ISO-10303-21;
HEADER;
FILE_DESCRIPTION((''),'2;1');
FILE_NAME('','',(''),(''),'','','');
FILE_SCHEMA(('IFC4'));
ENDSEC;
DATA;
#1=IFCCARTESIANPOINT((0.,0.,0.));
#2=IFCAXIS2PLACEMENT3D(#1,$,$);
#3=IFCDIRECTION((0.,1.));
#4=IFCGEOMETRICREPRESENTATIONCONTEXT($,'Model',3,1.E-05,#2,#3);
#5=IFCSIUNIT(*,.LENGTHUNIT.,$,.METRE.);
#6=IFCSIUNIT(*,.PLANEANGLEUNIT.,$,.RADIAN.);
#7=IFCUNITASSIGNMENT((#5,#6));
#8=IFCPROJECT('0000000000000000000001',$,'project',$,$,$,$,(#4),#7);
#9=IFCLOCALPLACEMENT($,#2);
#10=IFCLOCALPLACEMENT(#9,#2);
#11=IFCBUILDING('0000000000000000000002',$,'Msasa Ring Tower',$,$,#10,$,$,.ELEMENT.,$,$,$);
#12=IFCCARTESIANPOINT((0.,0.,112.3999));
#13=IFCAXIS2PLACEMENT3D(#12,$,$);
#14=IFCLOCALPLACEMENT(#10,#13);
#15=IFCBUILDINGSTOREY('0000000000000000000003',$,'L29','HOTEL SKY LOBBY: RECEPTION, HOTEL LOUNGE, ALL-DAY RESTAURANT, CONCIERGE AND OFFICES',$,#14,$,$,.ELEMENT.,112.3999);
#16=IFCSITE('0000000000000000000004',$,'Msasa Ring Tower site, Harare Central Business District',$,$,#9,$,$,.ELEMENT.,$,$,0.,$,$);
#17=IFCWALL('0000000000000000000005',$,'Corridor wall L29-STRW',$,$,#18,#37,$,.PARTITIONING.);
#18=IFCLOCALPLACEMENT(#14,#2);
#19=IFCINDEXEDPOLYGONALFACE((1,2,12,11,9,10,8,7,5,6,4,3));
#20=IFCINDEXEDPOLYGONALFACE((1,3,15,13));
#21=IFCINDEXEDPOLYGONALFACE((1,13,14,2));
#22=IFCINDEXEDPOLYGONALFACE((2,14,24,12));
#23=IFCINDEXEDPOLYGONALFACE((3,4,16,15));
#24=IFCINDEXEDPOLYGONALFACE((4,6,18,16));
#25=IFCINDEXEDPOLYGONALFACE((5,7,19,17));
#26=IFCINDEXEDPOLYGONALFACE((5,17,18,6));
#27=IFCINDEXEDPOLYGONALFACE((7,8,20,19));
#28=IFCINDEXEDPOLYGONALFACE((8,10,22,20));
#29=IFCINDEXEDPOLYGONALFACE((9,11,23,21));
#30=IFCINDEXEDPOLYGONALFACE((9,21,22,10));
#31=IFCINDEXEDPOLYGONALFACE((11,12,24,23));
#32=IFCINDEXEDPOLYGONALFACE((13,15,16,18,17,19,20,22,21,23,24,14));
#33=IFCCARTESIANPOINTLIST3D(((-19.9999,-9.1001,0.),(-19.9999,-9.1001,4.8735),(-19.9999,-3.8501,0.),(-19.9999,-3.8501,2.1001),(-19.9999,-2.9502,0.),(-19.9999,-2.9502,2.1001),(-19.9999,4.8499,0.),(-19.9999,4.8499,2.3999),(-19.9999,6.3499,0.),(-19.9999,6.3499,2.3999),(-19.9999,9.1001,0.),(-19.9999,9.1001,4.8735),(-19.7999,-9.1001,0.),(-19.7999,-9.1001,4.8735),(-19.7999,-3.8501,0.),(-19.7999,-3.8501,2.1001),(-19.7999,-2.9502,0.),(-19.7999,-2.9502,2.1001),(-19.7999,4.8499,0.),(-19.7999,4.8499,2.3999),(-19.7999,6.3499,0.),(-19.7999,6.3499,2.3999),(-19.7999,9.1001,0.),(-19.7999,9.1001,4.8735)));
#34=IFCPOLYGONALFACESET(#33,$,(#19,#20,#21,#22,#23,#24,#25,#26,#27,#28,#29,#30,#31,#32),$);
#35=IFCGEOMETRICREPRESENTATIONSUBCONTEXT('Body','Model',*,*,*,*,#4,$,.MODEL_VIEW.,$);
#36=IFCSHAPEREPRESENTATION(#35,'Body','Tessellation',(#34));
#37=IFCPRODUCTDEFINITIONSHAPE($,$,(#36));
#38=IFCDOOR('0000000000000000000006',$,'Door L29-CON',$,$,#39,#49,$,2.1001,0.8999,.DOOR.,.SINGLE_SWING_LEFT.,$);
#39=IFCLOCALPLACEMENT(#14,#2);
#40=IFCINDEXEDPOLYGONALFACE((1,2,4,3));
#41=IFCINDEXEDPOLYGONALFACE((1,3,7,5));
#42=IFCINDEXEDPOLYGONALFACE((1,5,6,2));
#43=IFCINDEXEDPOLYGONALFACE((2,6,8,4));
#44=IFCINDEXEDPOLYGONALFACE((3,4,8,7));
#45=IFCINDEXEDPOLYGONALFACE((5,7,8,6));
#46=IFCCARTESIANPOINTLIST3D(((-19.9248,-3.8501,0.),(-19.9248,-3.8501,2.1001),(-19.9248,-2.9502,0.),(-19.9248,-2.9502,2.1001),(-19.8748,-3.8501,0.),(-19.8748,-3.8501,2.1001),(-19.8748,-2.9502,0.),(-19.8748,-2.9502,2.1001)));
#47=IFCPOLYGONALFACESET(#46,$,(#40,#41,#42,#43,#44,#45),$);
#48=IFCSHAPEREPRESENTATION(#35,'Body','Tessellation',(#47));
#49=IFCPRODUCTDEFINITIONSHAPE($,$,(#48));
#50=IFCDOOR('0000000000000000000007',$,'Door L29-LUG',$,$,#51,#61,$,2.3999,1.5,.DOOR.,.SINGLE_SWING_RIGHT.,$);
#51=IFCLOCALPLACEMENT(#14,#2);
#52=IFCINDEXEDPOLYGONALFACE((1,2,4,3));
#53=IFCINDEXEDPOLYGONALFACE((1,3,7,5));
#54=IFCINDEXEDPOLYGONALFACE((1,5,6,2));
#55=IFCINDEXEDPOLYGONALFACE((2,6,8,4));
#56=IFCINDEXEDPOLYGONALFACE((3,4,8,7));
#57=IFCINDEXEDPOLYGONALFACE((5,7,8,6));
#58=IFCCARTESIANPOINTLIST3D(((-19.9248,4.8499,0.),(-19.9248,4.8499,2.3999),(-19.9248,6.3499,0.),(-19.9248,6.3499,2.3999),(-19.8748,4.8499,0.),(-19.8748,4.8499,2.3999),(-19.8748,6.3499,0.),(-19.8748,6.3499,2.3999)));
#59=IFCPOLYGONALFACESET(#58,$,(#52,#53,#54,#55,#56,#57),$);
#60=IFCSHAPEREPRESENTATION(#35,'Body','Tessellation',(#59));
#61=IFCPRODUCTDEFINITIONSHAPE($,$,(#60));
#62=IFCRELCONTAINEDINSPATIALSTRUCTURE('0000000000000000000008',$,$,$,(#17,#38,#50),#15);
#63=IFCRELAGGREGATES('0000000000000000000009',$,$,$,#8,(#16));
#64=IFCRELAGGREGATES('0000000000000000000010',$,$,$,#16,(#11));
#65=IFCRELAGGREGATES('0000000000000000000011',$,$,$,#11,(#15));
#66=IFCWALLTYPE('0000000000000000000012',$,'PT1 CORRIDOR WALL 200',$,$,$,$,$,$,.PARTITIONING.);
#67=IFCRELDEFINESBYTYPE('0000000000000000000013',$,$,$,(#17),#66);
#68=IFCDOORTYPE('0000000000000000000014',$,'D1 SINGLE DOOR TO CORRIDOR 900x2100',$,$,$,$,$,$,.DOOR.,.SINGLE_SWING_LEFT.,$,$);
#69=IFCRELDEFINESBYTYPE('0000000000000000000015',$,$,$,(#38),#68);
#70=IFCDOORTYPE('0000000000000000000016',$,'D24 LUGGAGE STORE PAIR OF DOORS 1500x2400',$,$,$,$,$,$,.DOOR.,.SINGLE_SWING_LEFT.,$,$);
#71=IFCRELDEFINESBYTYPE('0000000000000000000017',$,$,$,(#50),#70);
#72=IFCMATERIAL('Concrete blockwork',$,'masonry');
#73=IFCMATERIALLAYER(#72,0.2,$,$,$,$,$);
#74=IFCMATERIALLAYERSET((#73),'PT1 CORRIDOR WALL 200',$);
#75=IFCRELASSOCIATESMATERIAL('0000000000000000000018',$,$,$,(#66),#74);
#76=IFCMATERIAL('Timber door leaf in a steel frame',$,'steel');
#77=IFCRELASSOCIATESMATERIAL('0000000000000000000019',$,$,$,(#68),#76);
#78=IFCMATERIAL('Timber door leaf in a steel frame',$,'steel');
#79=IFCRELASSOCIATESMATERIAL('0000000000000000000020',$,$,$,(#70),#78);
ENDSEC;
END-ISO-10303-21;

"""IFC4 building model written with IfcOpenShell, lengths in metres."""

from ifc_helpers import new_model, si_unit, direction, frame, frame_2d, origin, place, context, subcontext, project, spatial, rectangle, extrude, material, layer, layer_set, type_object, element, fill, save


model = new_model("IFC4")

# Units and contexts
model_context = context("Model", 3, precision=1e-05, world=origin(), true_north=direction((0.0, 1.0)))
body_context = subcontext(model_context, "Body", "Model", "MODEL_VIEW")
ifc_project = project(units=[si_unit("LENGTHUNIT", "METRE"), si_unit("PLANEANGLEUNIT", "RADIAN")], contexts=[model_context])

# Site, building, storey
site_placement = place(None, origin())
site = spatial("IfcSite", under=ifc_project, at=site_placement, Name="Msasa Ring Tower site, Harare Central Business District", CompositionType="ELEMENT", RefElevation=0.0)
building_placement = place(site_placement, origin())
building = spatial("IfcBuilding", under=site, at=building_placement, Name="Msasa Ring Tower", CompositionType="ELEMENT")
storey_placement = place(building_placement, frame((0.0, 0.0, 112.3999)))
storey = spatial("IfcBuildingStorey", under=building, at=storey_placement, Name="L29", Description="HOTEL SKY LOBBY: RECEPTION, HOTEL LOUNGE, ALL-DAY RESTAURANT, CONCIERGE AND OFFICES", CompositionType="ELEMENT", Elevation=112.3999)

# Wall, openings, doors
ifc_material_1 = material(Name="Concrete blockwork", Category="masonry")
ifc_layer_1 = layer(ifc_material_1, 0.2)
ifc_layer_set_1 = layer_set([ifc_layer_1], Name="PT1 CORRIDOR WALL 200")
wall_type_1 = type_object("IfcWallType", Name="PT1 CORRIDOR WALL 200", PredefinedType="PARTITIONING", material=ifc_layer_set_1)
ifc_material_2 = material(Name="Timber door leaf in a steel frame", Category="steel")
door_type_1 = type_object("IfcDoorType", Name="D1 SINGLE DOOR TO CORRIDOR 900x2100", OperationType="SINGLE_SWING_LEFT", PredefinedType="DOOR", material=ifc_material_2)
wall_1_placement = place(storey_placement, frame((-19.8999, -9.1001, 0.0), z_axis=(0.0, 0.0, 1.0), x_axis=(0.0, 1.0, 0.0)))
wall_1 = element("IfcWall", 1, at=wall_1_placement, inside=storey, type_object=wall_type_1, Name="Corridor wall L29-STRW", PredefinedType="PARTITIONING", context=body_context, shape_type="SweptSolid", body=[
    extrude(rectangle(XDim=18.2002, YDim=0.2, at=frame_2d((9.1001, 0.0))), origin(), (0.0, 0.0, 1.0), 4.8735),
])
opening_1_placement = place(wall_1_placement, frame((13.95, 0.0, 0.0)))
opening_1 = element("IfcOpeningElement", 2, at=opening_1_placement, cuts=wall_1, PredefinedType="OPENING", context=body_context, shape_type="SweptSolid", body=[
    extrude(rectangle(XDim=1.5, YDim=2.3999, at=frame_2d((0.75, 1.2))), frame((0.0, 0.1099, 0.0), z_axis=(0.0, -1.0, 0.0), x_axis=(1.0, 0.0, 0.0)), (0.0, 0.0, 1.0), 0.22),
])
opening_2_placement = place(wall_1_placement, frame((5.25, 0.0, 0.0)))
opening_2 = element("IfcOpeningElement", 3, at=opening_2_placement, cuts=wall_1, PredefinedType="OPENING", context=body_context, shape_type="SweptSolid", body=[
    extrude(rectangle(XDim=0.8999, YDim=2.1001, at=frame_2d((0.45, 1.05))), frame((0.0, 0.1099, 0.0), z_axis=(0.0, -1.0, 0.0), x_axis=(1.0, 0.0, 0.0)), (0.0, 0.0, 1.0), 0.22),
])
door_1_placement = place(opening_2_placement, origin())
door_1 = element("IfcDoor", 4, at=door_1_placement, inside=storey, type_object=door_type_1, Name="Door L29-CON", OperationType="SINGLE_SWING_LEFT", OverallHeight=2.1001, OverallWidth=0.8999, PredefinedType="DOOR", context=body_context, shape_type="SweptSolid", body=[
    extrude(rectangle(XDim=0.8999, YDim=2.1001, at=frame_2d((0.45, 1.05))), frame((0.0, 0.0249, 0.0), z_axis=(0.0, -1.0, 0.0), x_axis=(1.0, 0.0, 0.0)), (0.0, 0.0, 1.0), 0.05),
])
fill(opening_2, door_1)
ifc_material_3 = material(Name="Timber door leaf in a steel frame", Category="steel")
door_type_2 = type_object("IfcDoorType", Name="D24 LUGGAGE STORE PAIR OF DOORS 1500x2400", OperationType="SINGLE_SWING_LEFT", PredefinedType="DOOR", material=ifc_material_3)
door_2_placement = place(opening_1_placement, origin())
door_2 = element("IfcDoor", 5, at=door_2_placement, inside=storey, type_object=door_type_2, Name="Door L29-LUG", OperationType="SINGLE_SWING_RIGHT", OverallHeight=2.3999, OverallWidth=1.5, PredefinedType="DOOR", context=body_context, shape_type="SweptSolid", body=[
    extrude(rectangle(XDim=1.5, YDim=2.3999, at=frame_2d((0.75, 1.2))), frame((0.0, 0.0249, 0.0), z_axis=(0.0, -1.0, 0.0), x_axis=(1.0, 0.0, 0.0)), (0.0, 0.0, 1.0), 0.05),
])
fill(opening_1, door_2)

save(model, "model.ifc")
